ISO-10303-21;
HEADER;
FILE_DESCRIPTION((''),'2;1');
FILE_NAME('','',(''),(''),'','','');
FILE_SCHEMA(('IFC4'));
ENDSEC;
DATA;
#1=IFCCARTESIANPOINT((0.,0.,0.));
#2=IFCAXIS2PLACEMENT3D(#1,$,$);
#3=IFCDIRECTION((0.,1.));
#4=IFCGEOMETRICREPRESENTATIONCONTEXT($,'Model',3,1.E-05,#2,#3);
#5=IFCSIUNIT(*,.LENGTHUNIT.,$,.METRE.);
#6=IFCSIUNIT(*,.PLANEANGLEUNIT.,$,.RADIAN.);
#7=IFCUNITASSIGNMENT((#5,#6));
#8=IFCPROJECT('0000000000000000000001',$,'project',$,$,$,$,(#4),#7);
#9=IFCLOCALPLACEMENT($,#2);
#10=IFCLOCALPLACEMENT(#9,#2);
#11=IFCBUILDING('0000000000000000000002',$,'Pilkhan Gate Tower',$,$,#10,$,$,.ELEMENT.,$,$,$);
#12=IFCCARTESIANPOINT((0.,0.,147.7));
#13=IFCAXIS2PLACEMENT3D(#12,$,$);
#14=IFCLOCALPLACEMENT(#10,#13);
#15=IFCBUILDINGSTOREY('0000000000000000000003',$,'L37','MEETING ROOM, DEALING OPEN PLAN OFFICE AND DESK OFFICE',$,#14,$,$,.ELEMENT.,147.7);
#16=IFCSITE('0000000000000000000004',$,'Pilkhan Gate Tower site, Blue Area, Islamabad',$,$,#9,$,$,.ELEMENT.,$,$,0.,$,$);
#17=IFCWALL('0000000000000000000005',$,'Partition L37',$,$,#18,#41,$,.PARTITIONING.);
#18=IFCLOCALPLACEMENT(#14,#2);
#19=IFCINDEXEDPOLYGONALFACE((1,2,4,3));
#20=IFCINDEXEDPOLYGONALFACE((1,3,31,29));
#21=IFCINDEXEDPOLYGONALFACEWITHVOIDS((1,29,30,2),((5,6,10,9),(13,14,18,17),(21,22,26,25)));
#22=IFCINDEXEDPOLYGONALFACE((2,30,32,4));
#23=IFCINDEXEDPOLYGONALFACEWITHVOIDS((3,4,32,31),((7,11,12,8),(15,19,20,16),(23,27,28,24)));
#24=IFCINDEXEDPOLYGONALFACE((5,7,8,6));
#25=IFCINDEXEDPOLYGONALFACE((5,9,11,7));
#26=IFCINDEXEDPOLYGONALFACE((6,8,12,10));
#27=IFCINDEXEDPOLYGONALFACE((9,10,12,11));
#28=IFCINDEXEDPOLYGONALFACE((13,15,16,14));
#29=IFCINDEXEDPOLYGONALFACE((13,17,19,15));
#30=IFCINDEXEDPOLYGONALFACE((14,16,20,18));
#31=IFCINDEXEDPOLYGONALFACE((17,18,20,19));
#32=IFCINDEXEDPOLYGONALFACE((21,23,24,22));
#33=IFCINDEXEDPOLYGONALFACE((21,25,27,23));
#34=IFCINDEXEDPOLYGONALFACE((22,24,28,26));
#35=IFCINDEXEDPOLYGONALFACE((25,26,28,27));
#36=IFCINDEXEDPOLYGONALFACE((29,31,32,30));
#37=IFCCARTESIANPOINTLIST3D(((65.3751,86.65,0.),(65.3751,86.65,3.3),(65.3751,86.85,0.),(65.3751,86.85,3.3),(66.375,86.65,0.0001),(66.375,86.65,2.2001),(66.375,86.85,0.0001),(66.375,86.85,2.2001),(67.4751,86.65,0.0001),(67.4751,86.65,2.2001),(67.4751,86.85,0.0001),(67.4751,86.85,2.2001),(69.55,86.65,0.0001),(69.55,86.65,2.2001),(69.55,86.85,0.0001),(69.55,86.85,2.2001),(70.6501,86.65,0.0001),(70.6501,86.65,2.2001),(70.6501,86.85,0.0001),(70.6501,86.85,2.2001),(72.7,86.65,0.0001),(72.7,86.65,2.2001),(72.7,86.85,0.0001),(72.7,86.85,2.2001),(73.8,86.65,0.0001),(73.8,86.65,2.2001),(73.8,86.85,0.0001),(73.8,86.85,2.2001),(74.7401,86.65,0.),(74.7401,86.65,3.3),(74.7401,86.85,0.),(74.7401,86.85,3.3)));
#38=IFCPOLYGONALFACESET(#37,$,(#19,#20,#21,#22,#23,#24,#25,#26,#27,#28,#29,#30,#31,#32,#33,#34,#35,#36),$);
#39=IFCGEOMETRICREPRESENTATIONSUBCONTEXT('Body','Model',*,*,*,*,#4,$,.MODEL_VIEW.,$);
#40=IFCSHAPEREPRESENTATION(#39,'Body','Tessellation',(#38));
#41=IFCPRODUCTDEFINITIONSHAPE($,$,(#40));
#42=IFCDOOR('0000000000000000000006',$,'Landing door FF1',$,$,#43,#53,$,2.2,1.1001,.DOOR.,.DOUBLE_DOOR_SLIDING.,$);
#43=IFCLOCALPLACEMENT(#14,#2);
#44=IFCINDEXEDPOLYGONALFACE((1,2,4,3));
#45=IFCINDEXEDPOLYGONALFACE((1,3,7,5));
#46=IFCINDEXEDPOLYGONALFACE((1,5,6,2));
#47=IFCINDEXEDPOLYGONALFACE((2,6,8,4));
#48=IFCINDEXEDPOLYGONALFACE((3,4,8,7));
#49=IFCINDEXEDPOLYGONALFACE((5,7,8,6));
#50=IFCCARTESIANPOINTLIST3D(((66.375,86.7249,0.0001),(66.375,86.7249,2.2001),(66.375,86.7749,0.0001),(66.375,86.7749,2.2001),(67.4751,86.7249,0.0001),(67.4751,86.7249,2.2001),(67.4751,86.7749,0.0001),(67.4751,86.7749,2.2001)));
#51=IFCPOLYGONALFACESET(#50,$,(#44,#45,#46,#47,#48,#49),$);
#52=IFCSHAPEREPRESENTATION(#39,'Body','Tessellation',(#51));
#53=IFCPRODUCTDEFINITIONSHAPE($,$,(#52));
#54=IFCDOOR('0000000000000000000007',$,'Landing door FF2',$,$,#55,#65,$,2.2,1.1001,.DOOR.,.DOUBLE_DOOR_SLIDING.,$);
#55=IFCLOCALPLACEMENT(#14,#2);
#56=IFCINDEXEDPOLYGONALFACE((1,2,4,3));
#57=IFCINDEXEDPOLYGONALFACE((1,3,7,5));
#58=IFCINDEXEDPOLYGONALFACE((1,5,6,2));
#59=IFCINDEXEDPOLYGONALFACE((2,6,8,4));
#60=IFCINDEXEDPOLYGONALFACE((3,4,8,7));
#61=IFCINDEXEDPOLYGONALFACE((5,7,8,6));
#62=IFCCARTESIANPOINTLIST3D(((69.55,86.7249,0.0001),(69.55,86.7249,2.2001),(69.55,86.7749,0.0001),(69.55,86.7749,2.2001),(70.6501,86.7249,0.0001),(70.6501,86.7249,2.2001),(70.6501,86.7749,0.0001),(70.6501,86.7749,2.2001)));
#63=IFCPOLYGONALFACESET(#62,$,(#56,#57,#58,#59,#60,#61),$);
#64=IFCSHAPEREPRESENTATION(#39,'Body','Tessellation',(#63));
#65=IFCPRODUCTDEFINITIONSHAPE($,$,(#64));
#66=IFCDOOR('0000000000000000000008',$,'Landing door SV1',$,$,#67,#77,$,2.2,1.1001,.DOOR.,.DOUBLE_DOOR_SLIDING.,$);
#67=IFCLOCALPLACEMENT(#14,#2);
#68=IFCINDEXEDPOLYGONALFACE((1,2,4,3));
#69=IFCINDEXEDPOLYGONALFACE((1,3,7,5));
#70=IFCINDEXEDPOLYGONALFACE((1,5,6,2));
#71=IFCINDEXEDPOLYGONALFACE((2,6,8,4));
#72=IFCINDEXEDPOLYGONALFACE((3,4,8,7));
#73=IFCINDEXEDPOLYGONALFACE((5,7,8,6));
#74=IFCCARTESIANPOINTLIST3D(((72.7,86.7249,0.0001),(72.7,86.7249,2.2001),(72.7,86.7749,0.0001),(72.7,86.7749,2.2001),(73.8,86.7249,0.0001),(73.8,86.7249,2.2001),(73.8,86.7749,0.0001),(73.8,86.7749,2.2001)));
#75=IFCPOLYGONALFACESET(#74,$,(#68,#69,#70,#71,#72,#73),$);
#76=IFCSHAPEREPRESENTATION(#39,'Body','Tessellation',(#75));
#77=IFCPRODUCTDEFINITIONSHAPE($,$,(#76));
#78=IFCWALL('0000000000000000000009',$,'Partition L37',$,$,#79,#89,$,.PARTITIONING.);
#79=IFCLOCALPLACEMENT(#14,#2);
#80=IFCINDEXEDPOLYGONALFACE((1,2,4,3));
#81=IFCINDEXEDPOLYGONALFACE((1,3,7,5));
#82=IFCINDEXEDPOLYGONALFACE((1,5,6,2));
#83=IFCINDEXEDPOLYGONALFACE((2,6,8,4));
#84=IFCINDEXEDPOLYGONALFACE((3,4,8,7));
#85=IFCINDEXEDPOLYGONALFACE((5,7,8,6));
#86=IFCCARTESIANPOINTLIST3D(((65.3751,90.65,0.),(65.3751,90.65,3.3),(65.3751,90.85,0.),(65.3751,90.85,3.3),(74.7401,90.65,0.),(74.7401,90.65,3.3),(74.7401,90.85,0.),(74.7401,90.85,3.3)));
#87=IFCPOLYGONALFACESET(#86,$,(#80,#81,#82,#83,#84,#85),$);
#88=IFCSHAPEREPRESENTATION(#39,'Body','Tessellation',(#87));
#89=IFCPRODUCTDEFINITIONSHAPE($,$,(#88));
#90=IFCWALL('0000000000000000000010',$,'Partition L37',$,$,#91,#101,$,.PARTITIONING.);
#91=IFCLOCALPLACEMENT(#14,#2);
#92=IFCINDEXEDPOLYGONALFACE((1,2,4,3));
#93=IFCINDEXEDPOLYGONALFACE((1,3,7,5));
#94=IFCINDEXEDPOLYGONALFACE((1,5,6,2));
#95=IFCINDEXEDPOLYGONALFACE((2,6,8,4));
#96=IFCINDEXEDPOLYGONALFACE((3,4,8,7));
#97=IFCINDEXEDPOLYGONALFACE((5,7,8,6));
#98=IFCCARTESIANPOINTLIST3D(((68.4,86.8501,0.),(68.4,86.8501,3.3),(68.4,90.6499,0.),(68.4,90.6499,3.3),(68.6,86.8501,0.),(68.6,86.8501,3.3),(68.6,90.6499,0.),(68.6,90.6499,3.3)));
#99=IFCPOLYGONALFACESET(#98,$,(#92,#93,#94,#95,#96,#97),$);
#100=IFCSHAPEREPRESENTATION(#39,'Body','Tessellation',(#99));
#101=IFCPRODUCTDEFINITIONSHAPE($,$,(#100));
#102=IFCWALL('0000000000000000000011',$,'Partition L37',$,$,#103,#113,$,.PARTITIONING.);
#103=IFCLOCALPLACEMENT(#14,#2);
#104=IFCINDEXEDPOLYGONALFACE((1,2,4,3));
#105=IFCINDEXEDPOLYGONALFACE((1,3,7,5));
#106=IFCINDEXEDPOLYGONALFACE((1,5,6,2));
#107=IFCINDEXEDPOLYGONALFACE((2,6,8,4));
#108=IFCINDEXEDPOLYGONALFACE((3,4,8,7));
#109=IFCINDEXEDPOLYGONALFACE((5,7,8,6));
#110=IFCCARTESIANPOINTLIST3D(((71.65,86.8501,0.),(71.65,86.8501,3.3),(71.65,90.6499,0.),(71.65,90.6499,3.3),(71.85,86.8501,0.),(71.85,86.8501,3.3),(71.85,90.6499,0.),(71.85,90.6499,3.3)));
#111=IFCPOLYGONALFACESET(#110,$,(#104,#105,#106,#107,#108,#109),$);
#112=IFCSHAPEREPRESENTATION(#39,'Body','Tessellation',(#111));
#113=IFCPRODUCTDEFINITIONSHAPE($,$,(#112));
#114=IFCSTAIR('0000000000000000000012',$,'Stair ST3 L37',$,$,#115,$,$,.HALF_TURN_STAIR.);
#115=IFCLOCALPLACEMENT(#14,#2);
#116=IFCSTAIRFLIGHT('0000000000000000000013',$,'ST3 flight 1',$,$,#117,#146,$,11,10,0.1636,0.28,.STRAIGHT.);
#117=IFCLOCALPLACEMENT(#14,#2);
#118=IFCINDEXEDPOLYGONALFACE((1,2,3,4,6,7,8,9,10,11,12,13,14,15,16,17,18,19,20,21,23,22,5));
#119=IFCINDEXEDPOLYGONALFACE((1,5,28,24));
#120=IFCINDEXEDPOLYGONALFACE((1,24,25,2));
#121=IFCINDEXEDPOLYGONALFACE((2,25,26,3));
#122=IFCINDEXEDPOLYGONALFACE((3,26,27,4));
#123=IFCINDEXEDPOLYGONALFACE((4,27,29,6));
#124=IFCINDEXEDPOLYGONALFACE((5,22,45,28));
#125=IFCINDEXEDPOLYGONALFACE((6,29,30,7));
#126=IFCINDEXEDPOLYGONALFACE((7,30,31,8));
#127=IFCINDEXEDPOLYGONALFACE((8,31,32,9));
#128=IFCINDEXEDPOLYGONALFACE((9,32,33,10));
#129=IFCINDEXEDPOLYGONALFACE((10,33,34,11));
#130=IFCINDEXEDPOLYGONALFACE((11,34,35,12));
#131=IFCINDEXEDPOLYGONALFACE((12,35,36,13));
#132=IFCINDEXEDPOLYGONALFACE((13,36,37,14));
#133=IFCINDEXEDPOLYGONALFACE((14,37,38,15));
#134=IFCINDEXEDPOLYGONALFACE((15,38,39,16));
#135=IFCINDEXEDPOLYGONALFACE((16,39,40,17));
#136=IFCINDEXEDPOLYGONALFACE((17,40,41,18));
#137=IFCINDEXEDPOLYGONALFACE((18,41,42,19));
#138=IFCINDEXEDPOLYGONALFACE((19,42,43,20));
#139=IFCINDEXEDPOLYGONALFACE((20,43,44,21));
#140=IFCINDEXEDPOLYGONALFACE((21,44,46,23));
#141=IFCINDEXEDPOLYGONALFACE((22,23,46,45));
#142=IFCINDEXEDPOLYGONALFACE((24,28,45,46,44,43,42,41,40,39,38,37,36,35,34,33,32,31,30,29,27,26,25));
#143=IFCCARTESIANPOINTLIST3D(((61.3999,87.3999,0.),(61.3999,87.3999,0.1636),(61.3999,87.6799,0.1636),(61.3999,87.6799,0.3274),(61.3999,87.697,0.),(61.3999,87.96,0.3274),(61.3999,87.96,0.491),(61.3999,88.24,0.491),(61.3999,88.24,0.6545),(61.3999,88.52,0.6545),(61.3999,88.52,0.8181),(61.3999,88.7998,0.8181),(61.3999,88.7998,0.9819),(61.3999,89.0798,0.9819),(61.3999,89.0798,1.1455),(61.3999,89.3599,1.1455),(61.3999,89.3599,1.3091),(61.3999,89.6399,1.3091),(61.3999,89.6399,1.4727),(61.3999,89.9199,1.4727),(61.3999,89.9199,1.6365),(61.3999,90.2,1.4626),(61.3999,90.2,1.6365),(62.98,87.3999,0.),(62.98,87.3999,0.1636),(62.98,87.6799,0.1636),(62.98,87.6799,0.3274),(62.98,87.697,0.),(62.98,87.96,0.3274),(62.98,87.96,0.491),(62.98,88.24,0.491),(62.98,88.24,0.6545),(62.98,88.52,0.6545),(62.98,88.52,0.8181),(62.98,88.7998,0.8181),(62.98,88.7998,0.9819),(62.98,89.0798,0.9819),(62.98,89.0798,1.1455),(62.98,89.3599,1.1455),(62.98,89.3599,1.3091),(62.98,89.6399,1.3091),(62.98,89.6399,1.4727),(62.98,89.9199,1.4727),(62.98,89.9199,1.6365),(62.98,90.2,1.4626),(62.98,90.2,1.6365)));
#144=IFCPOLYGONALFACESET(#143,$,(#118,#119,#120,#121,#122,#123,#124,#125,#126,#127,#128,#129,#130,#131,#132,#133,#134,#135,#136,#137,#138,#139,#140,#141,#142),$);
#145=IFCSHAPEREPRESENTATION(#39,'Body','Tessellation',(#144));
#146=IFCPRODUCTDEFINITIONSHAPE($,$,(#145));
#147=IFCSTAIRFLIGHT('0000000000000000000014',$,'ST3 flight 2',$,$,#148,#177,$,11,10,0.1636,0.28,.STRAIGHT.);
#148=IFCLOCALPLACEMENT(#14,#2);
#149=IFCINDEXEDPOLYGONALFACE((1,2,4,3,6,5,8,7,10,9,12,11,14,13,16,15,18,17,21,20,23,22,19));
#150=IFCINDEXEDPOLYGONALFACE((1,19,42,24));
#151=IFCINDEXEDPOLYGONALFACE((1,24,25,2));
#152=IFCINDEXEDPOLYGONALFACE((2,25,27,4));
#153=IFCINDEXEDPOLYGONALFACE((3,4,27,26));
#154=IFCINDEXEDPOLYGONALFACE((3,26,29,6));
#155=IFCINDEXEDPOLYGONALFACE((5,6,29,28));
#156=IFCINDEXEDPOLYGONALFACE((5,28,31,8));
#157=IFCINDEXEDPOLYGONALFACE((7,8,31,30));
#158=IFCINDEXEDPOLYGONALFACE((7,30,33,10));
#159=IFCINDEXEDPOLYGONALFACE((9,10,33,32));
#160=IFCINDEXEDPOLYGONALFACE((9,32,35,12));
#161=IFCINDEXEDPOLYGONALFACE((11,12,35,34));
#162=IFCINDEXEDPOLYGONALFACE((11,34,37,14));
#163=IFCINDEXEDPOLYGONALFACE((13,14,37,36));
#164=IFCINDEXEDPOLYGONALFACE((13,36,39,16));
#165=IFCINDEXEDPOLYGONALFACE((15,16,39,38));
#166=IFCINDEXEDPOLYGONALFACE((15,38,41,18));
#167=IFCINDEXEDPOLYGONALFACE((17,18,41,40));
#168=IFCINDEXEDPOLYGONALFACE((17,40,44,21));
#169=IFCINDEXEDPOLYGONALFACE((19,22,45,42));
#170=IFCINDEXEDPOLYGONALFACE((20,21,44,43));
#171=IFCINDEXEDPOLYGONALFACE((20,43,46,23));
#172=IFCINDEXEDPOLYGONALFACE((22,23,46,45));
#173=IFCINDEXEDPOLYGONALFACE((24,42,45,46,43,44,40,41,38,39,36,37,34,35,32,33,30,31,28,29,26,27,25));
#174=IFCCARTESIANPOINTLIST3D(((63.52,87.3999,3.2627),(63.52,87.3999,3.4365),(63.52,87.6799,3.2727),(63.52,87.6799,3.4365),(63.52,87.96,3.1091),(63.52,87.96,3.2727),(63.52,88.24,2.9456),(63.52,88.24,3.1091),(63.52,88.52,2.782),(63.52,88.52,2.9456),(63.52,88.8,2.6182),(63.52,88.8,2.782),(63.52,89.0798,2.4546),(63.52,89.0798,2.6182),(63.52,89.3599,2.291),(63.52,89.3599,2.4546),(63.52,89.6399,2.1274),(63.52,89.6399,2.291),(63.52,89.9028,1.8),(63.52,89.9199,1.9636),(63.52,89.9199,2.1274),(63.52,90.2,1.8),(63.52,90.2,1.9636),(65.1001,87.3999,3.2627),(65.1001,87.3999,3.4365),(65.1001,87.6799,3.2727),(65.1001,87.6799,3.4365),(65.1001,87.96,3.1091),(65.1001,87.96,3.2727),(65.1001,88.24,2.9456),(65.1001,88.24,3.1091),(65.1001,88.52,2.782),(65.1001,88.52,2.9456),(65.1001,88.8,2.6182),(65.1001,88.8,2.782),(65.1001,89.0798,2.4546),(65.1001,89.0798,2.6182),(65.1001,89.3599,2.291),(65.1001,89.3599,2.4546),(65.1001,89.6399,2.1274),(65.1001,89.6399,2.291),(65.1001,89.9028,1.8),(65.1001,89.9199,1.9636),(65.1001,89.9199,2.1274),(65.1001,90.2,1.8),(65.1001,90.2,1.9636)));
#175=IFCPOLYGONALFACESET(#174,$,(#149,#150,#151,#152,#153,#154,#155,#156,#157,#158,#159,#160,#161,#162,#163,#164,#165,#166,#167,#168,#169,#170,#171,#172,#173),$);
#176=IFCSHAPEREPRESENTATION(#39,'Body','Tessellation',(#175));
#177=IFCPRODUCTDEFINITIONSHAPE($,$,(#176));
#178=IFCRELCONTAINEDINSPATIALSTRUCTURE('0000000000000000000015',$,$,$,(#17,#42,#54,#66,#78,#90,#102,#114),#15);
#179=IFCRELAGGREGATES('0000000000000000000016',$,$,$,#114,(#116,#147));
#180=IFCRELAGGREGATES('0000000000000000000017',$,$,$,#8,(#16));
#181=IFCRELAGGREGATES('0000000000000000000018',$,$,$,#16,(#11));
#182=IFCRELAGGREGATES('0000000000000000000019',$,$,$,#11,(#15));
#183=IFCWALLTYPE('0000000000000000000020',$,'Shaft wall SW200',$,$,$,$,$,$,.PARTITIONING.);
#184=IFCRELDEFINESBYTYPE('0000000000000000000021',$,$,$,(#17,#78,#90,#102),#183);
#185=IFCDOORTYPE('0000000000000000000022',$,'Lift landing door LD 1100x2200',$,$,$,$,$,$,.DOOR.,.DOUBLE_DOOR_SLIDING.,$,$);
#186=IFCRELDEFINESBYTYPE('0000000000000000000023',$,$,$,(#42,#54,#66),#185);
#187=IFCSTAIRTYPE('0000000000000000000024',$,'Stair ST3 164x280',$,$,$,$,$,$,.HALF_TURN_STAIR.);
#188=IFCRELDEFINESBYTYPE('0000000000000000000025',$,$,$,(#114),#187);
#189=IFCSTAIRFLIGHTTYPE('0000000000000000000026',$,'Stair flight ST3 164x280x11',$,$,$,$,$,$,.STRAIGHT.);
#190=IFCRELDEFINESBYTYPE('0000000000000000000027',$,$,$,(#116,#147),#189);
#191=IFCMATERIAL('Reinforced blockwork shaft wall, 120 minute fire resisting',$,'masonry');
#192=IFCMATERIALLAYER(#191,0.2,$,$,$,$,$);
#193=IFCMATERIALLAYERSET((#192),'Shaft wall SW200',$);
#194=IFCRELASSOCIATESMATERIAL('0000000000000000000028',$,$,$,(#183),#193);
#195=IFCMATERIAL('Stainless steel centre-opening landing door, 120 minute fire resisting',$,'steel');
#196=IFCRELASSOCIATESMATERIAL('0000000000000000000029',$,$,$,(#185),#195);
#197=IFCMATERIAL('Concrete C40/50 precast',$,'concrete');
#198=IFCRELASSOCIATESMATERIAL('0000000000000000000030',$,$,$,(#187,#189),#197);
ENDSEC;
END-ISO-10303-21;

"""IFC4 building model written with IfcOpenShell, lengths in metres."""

from ifc_helpers import new_model, si_unit, direction, frame, frame_2d, origin, place, context, subcontext, project, spatial, polyline, rectangle, outline, extrude, material, layer, layer_set, type_object, element, fill, aggregate, save


model = new_model("IFC4")

# Units and contexts
model_context = context("Model", 3, precision=1e-05, world=origin(), true_north=direction((0.0, 1.0)))
body_context = subcontext(model_context, "Body", "Model", "MODEL_VIEW")
ifc_project = project(units=[si_unit("LENGTHUNIT", "METRE"), si_unit("PLANEANGLEUNIT", "RADIAN")], contexts=[model_context])

# Site, building, storey
site_placement = place(None, origin())
site = spatial("IfcSite", under=ifc_project, at=site_placement, Name="Pilkhan Gate Tower site, Blue Area, Islamabad", CompositionType="ELEMENT", RefElevation=0.0)
building_placement = place(site_placement, origin())
building = spatial("IfcBuilding", under=site, at=building_placement, Name="Pilkhan Gate Tower", CompositionType="ELEMENT")
storey_placement = place(building_placement, frame((0.0, 0.0, 147.7)))
storey = spatial("IfcBuildingStorey", under=building, at=storey_placement, Name="L37", Description="MEETING ROOM, DEALING OPEN PLAN OFFICE AND DESK OFFICE", CompositionType="ELEMENT", Elevation=147.7)

# Wall, openings, doors
ifc_material_1 = material(Name="Reinforced blockwork shaft wall, 120 minute fire resisting", Category="masonry")
ifc_layer_1 = layer(ifc_material_1, 0.2)
ifc_layer_set_1 = layer_set([ifc_layer_1], Name="Shaft wall SW200")
wall_type_1 = type_object("IfcWallType", Name="Shaft wall SW200", PredefinedType="PARTITIONING", material=ifc_layer_set_1)
wall_1_placement = place(storey_placement, frame((65.375, 86.75, 0.0), z_axis=(0.0, 0.0, 1.0), x_axis=(1.0, 0.0, 0.0)))
wall_1 = element("IfcWall", 1, at=wall_1_placement, inside=storey, type_object=wall_type_1, Name="Partition L37", PredefinedType="PARTITIONING", context=body_context, shape_type="SweptSolid", body=[
    extrude(rectangle(XDim=9.365, YDim=0.2, at=frame_2d((4.6826, 0.0))), origin(), (0.0, 0.0, 1.0), 3.3),
])
opening_1_placement = place(wall_1_placement, frame((1.0, 0.0, 0.0)))
opening_1 = element("IfcOpeningElement", 2, at=opening_1_placement, cuts=wall_1, PredefinedType="OPENING", context=body_context, shape_type="SweptSolid", body=[
    extrude(rectangle(XDim=1.1001, YDim=2.2, at=frame_2d((0.55, 1.1001))), frame((0.0, 0.1099, 0.0), z_axis=(0.0, -1.0, 0.0), x_axis=(1.0, 0.0, 0.0)), (0.0, 0.0, 1.0), 0.22),
])
opening_2_placement = place(wall_1_placement, frame((4.175, 0.0, 0.0)))
opening_2 = element("IfcOpeningElement", 3, at=opening_2_placement, cuts=wall_1, PredefinedType="OPENING", context=body_context, shape_type="SweptSolid", body=[
    extrude(rectangle(XDim=1.1001, YDim=2.2, at=frame_2d((0.55, 1.1001))), frame((0.0, 0.1099, 0.0), z_axis=(0.0, -1.0, 0.0), x_axis=(1.0, 0.0, 0.0)), (0.0, 0.0, 1.0), 0.22),
])
opening_3_placement = place(wall_1_placement, frame((7.325, 0.0, 0.0)))
opening_3 = element("IfcOpeningElement", 4, at=opening_3_placement, cuts=wall_1, PredefinedType="OPENING", context=body_context, shape_type="SweptSolid", body=[
    extrude(rectangle(XDim=1.1001, YDim=2.2, at=frame_2d((0.55, 1.1001))), frame((0.0, 0.1099, 0.0), z_axis=(0.0, -1.0, 0.0), x_axis=(1.0, 0.0, 0.0)), (0.0, 0.0, 1.0), 0.22),
])
ifc_material_2 = material(Name="Stainless steel centre-opening landing door, 120 minute fire resisting", Category="steel")
door_type_1 = type_object("IfcDoorType", Name="Lift landing door LD 1100x2200", OperationType="DOUBLE_DOOR_SLIDING", PredefinedType="DOOR", material=ifc_material_2)
door_1_placement = place(opening_1_placement, origin())
door_1 = element("IfcDoor", 5, at=door_1_placement, inside=storey, type_object=door_type_1, Name="Landing door FF1", OperationType="DOUBLE_DOOR_SLIDING", OverallHeight=2.2, OverallWidth=1.1001, PredefinedType="DOOR", context=body_context, shape_type="SweptSolid", body=[
    extrude(rectangle(XDim=1.1001, YDim=2.2, at=frame_2d((0.55, 1.1001))), frame((0.0, 0.0249, 0.0), z_axis=(0.0, -1.0, 0.0), x_axis=(1.0, 0.0, 0.0)), (0.0, 0.0, 1.0), 0.05),
])
fill(opening_1, door_1)
door_2_placement = place(opening_2_placement, origin())
door_2 = element("IfcDoor", 6, at=door_2_placement, inside=storey, type_object=door_type_1, Name="Landing door FF2", OperationType="DOUBLE_DOOR_SLIDING", OverallHeight=2.2, OverallWidth=1.1001, PredefinedType="DOOR", context=body_context, shape_type="SweptSolid", body=[
    extrude(rectangle(XDim=1.1001, YDim=2.2, at=frame_2d((0.55, 1.1001))), frame((0.0, 0.0249, 0.0), z_axis=(0.0, -1.0, 0.0), x_axis=(1.0, 0.0, 0.0)), (0.0, 0.0, 1.0), 0.05),
])
fill(opening_2, door_2)
door_3_placement = place(opening_3_placement, origin())
door_3 = element("IfcDoor", 7, at=door_3_placement, inside=storey, type_object=door_type_1, Name="Landing door SV1", OperationType="DOUBLE_DOOR_SLIDING", OverallHeight=2.2, OverallWidth=1.1001, PredefinedType="DOOR", context=body_context, shape_type="SweptSolid", body=[
    extrude(rectangle(XDim=1.1001, YDim=2.2, at=frame_2d((0.55, 1.1001))), frame((0.0, 0.0249, 0.0), z_axis=(0.0, -1.0, 0.0), x_axis=(1.0, 0.0, 0.0)), (0.0, 0.0, 1.0), 0.05),
])
fill(opening_3, door_3)

# Walls
wall_2_placement = place(storey_placement, frame((65.375, 90.75, 0.0), z_axis=(0.0, 0.0, 1.0), x_axis=(1.0, 0.0, 0.0)))
element("IfcWall", 8, at=wall_2_placement, inside=storey, type_object=wall_type_1, Name="Partition L37", PredefinedType="PARTITIONING", context=body_context, shape_type="SweptSolid", body=[
    extrude(rectangle(XDim=9.365, YDim=0.2, at=frame_2d((4.6826, 0.0))), origin(), (0.0, 0.0, 1.0), 3.3),
])
for number, where, z_axis, x_axis, name in (
    (9, (68.5, 86.8501, 0.0), (0.0, 0.0, 1.0), (0.0, 1.0, 0.0), "Partition L37"),
    (10, (71.75, 86.8501, 0.0), (0.0, 0.0, 1.0), (0.0, 1.0, 0.0), "Partition L37"),
):
    element("IfcWall", number, at=place(storey_placement, frame(where, z_axis=z_axis, x_axis=x_axis)), inside=storey, type_object=wall_type_1, Name=name, PredefinedType="PARTITIONING", context=body_context, shape_type="SweptSolid", body=[
        extrude(rectangle(XDim=3.7998, YDim=0.2, at=frame_2d((1.8999, 0.0))), origin(), (0.0, 0.0, 1.0), 3.3),
    ])

# Stair, stair flights
ifc_material_3 = material(Name="Concrete C40/50 precast", Category="concrete")
stair_type = type_object("IfcStairType", Name="Stair ST3 164x280", PredefinedType="HALF_TURN_STAIR", material=ifc_material_3)
stair_placement = place(storey_placement, origin())
stair = element("IfcStair", 11, at=stair_placement, inside=storey, type_object=stair_type, Name="Stair ST3 L37", PredefinedType="HALF_TURN_STAIR")
stair_flight_type = type_object("IfcStairFlightType", Name="Stair flight ST3 164x280x11", PredefinedType="STRAIGHT", material=ifc_material_3)
stair_flight_1_placement = place(storey_placement, frame((62.1899, 87.3999, 0.0), z_axis=(0.0, 0.0, 1.0), x_axis=(0.0, 1.0, 0.0)))
stair_flight_1 = element("IfcStairFlight", 12, at=stair_flight_1_placement, type_object=stair_flight_type, Name="ST3 flight 1", NumberOfRisers=11, NumberOfTreads=10, PredefinedType="STRAIGHT", RiserHeight=0.1636, TreadLength=0.28, context=body_context, shape_type="SweptSolid", body=[
    extrude(outline(polyline([(0.0, 0.0), (0.0, 0.1636), (0.28, 0.1636), (0.28, 0.3274), (0.5601, 0.3274), (0.5601, 0.491), (0.8401, 0.491), (0.8401, 0.6545), (1.1201, 0.6545), (1.1201, 0.8181), (1.3999, 0.8181), (1.3999, 0.9819), (1.6799, 0.9819), (1.6799, 1.1455), (1.96, 1.1455), (1.96, 1.3091), (2.24, 1.3091), (2.24, 1.4727), (2.52, 1.4727), (2.52, 1.6365), (2.8, 1.6365), (2.8, 1.8), (2.8, 1.4626), (0.2971, 0.0), (0.0, 0.0)])), frame((0.0, 0.79, 0.0), z_axis=(0.0, -1.0, 0.0), x_axis=(1.0, 0.0, 0.0)), (0.0, 0.0, 1.0), 1.5801),
])
stair_flight_2_placement = place(storey_placement, frame((64.3101, 90.2, 1.8), z_axis=(0.0, 0.0, 1.0), x_axis=(0.0, -1.0, 0.0)))
stair_flight_2 = element("IfcStairFlight", 13, at=stair_flight_2_placement, type_object=stair_flight_type, Name="ST3 flight 2", NumberOfRisers=11, NumberOfTreads=10, PredefinedType="STRAIGHT", RiserHeight=0.1636, TreadLength=0.28, context=body_context, shape_type="SweptSolid", body=[
    extrude(outline(polyline([(0.0, 0.0), (0.0, 0.1636), (0.28, 0.1636), (0.28, 0.3274), (0.5601, 0.3274), (0.5601, 0.491), (0.8401, 0.491), (0.8401, 0.6545), (1.1201, 0.6545), (1.1201, 0.8181), (1.3999, 0.8181), (1.3999, 0.9819), (1.6799, 0.9819), (1.6799, 1.1455), (1.96, 1.1455), (1.96, 1.3091), (2.24, 1.3091), (2.24, 1.4727), (2.52, 1.4727), (2.52, 1.6365), (2.8, 1.6365), (2.8, 1.8), (2.8, 1.4626), (0.2971, 0.0), (0.0, 0.0)])), frame((0.0, 0.79, 0.0), z_axis=(0.0, -1.0, 0.0), x_axis=(1.0, 0.0, 0.0)), (0.0, 0.0, 1.0), 1.5801),
])
aggregate(stair, [stair_flight_1, stair_flight_2])

save(model, "model.ifc")
